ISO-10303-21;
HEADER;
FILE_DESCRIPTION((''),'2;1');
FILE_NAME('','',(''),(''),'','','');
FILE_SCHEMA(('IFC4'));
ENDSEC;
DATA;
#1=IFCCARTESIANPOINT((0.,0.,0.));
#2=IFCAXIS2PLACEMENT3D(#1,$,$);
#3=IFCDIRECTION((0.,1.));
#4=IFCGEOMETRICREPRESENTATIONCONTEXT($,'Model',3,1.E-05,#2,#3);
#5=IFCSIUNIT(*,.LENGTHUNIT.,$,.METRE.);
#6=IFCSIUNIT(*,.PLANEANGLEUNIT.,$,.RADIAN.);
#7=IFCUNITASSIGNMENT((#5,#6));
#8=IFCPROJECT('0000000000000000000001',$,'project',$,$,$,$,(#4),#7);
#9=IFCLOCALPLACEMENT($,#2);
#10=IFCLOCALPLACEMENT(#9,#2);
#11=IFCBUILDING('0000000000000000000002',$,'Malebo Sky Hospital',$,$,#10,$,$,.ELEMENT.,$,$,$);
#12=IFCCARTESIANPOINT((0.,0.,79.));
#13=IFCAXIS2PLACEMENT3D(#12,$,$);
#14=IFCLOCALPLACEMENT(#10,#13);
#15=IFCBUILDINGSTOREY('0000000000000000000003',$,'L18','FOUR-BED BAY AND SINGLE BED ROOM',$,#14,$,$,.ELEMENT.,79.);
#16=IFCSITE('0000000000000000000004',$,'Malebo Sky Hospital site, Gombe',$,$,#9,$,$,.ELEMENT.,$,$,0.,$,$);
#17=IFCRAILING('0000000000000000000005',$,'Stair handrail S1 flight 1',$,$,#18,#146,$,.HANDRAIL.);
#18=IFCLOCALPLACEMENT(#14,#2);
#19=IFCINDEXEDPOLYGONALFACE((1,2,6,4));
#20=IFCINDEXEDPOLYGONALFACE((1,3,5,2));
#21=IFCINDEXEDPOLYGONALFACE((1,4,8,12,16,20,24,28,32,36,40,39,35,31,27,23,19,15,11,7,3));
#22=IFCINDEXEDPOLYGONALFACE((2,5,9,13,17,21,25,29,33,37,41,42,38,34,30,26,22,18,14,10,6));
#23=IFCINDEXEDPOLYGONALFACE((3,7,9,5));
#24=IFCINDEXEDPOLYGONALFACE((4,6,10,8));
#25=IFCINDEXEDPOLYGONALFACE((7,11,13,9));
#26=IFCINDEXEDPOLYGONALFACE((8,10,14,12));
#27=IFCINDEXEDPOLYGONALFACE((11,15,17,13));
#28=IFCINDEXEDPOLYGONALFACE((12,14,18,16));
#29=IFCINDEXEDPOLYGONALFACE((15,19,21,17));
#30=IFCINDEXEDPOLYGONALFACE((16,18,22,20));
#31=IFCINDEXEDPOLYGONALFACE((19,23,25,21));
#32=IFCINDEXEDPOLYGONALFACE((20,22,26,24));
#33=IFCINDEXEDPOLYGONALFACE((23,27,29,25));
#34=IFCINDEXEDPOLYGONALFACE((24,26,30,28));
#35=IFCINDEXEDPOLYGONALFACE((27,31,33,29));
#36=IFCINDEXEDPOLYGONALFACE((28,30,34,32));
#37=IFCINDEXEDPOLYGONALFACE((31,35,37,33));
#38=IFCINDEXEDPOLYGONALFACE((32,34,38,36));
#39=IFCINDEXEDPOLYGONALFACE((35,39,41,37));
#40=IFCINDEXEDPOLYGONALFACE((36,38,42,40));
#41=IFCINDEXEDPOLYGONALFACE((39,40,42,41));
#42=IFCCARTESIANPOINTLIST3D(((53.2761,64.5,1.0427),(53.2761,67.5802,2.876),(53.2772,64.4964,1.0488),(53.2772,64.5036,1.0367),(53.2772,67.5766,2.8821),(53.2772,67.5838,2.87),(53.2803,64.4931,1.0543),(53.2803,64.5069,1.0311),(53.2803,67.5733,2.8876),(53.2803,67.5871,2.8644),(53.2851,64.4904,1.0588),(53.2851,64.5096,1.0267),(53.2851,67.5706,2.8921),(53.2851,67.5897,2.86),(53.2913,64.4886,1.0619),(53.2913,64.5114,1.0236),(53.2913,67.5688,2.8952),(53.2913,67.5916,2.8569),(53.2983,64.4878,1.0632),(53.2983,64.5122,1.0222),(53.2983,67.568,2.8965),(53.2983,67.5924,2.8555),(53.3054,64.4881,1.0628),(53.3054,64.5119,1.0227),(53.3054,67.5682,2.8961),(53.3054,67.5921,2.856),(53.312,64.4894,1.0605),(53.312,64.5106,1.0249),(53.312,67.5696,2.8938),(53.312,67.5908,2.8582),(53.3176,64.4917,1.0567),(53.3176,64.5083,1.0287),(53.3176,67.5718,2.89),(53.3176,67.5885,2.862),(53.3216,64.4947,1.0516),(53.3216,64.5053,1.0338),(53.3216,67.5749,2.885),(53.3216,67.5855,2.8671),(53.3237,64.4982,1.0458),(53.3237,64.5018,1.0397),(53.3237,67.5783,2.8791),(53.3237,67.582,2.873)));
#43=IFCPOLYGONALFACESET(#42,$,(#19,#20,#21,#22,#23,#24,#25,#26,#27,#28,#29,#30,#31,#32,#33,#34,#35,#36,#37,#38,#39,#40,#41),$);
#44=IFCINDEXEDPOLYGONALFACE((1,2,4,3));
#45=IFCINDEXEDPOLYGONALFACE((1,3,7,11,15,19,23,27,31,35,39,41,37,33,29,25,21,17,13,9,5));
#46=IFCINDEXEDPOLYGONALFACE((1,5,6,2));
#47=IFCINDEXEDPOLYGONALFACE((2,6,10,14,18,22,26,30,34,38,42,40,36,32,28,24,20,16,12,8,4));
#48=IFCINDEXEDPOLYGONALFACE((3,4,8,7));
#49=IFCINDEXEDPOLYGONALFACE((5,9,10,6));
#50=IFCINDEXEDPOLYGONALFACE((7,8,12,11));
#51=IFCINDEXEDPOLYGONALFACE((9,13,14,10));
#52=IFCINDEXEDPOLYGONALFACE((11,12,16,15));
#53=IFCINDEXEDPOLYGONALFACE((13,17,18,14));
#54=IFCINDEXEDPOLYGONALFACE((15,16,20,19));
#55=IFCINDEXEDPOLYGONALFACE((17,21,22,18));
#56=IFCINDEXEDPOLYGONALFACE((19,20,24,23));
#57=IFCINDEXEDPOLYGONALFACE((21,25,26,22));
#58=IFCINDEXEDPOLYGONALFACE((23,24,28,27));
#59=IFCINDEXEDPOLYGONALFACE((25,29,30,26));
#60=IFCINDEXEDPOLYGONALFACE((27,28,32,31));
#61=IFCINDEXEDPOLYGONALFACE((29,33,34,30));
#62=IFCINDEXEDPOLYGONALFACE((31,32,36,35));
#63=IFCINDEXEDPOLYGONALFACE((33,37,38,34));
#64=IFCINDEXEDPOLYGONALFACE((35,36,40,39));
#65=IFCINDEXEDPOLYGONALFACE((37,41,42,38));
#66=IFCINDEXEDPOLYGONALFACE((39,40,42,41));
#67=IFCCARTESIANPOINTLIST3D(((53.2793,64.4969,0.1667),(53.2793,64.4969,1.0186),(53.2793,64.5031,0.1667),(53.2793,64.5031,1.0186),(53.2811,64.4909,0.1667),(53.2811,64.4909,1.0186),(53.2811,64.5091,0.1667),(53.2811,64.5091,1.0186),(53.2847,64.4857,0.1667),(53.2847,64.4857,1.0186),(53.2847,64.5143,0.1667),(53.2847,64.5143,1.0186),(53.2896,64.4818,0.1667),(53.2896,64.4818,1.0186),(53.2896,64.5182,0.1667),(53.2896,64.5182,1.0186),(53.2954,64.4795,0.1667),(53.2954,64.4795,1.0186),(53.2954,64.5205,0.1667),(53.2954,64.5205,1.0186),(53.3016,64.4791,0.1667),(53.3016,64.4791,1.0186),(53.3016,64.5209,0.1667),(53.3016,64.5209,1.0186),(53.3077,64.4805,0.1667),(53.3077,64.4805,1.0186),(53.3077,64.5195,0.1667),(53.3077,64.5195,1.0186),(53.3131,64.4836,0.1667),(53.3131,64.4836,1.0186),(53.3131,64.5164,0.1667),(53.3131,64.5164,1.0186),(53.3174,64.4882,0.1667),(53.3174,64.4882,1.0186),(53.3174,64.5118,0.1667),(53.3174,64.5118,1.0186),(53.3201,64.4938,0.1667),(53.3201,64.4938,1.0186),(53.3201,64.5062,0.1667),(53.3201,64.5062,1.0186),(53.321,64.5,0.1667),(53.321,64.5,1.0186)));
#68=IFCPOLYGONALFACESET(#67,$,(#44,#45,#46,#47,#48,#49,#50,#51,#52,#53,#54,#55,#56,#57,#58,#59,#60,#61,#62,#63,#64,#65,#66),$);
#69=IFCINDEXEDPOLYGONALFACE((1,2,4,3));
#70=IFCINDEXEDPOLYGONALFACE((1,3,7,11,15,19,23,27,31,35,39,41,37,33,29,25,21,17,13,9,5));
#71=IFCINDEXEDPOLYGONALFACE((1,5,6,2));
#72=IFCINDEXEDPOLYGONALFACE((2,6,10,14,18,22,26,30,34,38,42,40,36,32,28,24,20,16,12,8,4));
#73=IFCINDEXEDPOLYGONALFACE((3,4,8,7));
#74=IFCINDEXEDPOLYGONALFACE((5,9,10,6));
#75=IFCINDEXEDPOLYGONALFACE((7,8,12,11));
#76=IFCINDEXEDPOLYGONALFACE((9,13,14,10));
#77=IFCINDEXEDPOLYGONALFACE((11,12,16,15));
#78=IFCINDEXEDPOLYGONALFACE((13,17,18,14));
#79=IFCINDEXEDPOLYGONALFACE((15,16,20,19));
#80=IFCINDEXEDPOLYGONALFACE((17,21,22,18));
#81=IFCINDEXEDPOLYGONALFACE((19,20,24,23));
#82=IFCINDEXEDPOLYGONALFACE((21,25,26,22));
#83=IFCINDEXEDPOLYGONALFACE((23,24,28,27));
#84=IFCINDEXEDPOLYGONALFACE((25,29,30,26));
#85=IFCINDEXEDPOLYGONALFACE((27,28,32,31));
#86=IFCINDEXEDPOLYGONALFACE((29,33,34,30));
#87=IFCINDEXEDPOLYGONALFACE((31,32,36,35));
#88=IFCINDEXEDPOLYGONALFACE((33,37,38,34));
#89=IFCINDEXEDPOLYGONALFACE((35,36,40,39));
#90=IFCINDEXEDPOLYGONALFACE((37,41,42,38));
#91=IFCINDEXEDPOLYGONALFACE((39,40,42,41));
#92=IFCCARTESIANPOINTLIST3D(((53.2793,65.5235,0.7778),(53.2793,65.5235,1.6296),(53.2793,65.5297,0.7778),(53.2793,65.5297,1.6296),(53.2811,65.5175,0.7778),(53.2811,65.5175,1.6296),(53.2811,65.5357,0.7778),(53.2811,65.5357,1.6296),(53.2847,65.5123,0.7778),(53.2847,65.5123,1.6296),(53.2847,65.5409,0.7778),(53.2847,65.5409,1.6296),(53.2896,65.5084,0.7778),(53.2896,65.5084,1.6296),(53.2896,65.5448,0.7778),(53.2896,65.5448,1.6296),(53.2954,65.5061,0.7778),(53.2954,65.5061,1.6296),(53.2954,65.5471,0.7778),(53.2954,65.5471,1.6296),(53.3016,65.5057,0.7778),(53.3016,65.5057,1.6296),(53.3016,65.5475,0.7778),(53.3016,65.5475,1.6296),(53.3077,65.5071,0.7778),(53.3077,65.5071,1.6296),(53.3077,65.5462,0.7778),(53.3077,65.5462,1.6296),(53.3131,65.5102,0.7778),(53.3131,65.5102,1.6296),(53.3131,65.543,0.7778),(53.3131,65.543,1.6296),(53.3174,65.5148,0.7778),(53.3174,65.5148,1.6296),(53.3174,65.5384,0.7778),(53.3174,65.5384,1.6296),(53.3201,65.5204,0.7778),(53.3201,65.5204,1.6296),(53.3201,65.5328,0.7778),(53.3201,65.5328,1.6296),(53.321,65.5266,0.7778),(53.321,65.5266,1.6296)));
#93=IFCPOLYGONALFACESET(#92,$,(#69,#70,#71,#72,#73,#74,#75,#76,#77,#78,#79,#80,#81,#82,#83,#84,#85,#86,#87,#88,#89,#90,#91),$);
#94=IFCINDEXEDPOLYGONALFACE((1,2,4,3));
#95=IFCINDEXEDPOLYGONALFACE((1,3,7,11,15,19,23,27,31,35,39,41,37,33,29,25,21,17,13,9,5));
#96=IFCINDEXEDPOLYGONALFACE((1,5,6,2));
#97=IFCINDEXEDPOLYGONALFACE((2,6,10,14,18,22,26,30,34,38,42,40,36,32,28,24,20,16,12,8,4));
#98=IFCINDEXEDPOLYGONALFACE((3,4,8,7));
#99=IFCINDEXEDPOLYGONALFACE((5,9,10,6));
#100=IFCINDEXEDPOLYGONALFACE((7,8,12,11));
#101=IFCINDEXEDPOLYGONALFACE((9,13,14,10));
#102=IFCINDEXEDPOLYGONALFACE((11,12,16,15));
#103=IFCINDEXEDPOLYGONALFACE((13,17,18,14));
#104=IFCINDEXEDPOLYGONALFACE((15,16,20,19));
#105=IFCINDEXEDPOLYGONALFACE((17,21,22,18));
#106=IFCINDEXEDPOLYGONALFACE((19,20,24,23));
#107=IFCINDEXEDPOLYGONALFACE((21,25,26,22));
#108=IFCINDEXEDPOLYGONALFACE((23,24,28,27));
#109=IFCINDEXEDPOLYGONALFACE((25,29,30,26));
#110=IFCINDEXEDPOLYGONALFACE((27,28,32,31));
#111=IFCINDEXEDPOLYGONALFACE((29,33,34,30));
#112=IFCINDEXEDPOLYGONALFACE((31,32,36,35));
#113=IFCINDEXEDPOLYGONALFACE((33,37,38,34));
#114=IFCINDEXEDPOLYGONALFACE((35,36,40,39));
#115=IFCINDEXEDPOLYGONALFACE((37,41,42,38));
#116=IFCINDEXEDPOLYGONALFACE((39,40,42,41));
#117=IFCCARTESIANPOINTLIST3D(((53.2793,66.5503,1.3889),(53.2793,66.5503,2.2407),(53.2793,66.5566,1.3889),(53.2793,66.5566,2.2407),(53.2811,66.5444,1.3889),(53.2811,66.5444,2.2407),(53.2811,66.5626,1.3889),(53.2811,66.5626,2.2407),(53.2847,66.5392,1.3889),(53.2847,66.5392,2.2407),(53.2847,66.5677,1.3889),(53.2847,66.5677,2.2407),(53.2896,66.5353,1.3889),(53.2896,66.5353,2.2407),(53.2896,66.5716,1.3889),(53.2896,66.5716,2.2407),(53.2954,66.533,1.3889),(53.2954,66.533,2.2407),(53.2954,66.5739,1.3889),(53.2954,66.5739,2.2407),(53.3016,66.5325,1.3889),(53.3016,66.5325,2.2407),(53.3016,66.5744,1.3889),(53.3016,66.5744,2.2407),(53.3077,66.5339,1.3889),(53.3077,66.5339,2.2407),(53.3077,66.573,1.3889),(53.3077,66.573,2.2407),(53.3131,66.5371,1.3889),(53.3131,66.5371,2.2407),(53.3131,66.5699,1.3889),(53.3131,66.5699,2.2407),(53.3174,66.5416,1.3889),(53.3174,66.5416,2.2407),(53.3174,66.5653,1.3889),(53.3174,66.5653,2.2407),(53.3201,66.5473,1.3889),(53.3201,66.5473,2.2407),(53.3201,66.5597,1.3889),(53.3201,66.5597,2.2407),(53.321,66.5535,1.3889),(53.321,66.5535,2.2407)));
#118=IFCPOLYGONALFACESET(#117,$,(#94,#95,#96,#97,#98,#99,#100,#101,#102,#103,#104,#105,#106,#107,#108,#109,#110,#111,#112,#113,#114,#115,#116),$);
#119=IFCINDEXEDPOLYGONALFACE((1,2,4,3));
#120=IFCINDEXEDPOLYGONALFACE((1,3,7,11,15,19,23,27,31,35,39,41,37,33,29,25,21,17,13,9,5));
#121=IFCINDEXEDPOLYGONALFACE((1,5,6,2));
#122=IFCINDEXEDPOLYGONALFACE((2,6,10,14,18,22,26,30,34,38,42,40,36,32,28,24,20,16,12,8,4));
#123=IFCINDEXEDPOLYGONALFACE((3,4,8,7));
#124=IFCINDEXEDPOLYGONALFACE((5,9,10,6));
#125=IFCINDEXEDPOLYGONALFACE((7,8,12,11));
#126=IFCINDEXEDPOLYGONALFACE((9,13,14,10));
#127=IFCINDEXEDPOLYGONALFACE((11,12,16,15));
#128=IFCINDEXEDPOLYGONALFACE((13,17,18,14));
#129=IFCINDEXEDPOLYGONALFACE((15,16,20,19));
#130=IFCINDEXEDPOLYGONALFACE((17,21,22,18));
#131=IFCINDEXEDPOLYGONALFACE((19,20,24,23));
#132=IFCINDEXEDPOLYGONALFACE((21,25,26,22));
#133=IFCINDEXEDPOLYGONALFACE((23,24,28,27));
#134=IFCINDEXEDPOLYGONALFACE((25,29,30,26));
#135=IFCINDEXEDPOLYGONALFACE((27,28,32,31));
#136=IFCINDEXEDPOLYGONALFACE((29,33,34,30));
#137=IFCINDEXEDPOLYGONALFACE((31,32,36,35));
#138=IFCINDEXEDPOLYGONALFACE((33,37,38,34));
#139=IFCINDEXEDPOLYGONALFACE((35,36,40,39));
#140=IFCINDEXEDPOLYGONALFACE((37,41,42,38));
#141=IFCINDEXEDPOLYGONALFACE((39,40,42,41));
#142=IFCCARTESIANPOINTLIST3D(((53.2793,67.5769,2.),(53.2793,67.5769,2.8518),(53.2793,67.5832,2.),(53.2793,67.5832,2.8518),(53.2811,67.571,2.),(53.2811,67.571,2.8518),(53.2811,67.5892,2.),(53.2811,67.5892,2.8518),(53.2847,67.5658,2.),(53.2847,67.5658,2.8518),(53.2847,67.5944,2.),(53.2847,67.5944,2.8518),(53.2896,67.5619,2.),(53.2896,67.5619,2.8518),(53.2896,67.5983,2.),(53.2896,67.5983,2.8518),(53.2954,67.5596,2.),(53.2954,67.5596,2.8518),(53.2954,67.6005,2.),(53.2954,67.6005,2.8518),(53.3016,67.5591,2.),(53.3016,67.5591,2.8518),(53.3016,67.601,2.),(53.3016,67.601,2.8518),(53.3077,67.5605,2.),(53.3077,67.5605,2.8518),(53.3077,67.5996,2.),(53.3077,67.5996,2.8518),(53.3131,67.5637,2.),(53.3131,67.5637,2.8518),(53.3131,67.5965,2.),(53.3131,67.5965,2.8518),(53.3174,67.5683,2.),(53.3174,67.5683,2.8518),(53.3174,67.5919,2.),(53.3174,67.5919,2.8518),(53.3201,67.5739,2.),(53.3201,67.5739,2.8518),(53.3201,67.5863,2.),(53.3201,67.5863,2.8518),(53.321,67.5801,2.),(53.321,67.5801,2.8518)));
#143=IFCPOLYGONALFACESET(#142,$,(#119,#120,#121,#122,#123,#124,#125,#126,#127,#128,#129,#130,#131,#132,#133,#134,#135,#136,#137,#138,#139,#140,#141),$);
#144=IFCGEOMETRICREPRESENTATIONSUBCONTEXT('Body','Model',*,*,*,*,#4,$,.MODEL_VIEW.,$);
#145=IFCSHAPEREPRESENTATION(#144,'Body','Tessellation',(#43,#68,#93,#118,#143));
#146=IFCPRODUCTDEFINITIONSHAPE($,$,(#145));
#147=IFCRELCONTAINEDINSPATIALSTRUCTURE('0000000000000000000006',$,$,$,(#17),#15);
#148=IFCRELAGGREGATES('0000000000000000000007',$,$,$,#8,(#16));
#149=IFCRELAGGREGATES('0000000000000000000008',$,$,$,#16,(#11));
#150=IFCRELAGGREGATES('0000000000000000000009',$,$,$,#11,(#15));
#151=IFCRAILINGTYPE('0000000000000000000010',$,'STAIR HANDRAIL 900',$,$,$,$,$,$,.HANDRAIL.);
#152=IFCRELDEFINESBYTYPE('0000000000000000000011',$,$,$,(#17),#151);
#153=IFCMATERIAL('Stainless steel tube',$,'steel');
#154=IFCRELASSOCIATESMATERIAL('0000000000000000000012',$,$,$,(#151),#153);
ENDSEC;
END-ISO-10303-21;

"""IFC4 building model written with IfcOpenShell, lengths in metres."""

from ifc_helpers import new_model, si_unit, direction, frame, origin, origin_2d, place, context, subcontext, project, spatial, circle, extrude, material, type_object, element, save


model = new_model("IFC4")

# Units and contexts
model_context = context("Model", 3, precision=1e-05, world=origin(), true_north=direction((0.0, 1.0)))
body_context = subcontext(model_context, "Body", "Model", "MODEL_VIEW")
ifc_project = project(units=[si_unit("LENGTHUNIT", "METRE"), si_unit("PLANEANGLEUNIT", "RADIAN")], contexts=[model_context])

# Site, building, storey
site_placement = place(None, origin())
site = spatial("IfcSite", under=ifc_project, at=site_placement, Name="Malebo Sky Hospital site, Gombe", CompositionType="ELEMENT", RefElevation=0.0)
building_placement = place(site_placement, origin())
building = spatial("IfcBuilding", under=site, at=building_placement, Name="Malebo Sky Hospital", CompositionType="ELEMENT")
storey_placement = place(building_placement, frame((0.0, 0.0, 79.0)))
storey = spatial("IfcBuildingStorey", under=building, at=storey_placement, Name="L18", Description="FOUR-BED BAY AND SINGLE BED ROOM", CompositionType="ELEMENT", Elevation=79.0)

# Railing
ifc_material_1 = material(Name="Stainless steel tube", Category="steel")
railing_type = type_object("IfcRailingType", Name="STAIR HANDRAIL 900", PredefinedType="HANDRAIL", material=ifc_material_1)
railing_1_placement = place(storey_placement, frame((53.3, 64.5, 0.1667)))
element("IfcRailing", 1, at=railing_1_placement, inside=storey, type_object=railing_type, Name="Stair handrail S1 flight 1", PredefinedType="HANDRAIL", context=body_context, shape_type="SweptSolid", body=[
    extrude(circle(Radius=0.0239, at=origin_2d()), frame((0.0, 0.0, 0.876), z_axis=(0.0, 0.859309, 0.511458), x_axis=(-1.0, 0.0, 0.0)), (0.0, 0.0, 1.0), 3.5845),
    extrude(circle(Radius=0.021, at=origin_2d()), origin(), (0.0, 0.0, 1.0), 0.8518),
    extrude(circle(Radius=0.021, at=origin_2d()), frame((0.0, 1.0266, 0.6111)), (0.0, 0.0, 1.0), 0.8518),
    extrude(circle(Radius=0.021, at=origin_2d()), frame((0.0, 2.0535, 1.2222)), (0.0, 0.0, 1.0), 0.8518),
    extrude(circle(Radius=0.021, at=origin_2d()), frame((0.0, 3.0801, 1.8333)), (0.0, 0.0, 1.0), 0.8518),
])

save(model, "model.ifc")
